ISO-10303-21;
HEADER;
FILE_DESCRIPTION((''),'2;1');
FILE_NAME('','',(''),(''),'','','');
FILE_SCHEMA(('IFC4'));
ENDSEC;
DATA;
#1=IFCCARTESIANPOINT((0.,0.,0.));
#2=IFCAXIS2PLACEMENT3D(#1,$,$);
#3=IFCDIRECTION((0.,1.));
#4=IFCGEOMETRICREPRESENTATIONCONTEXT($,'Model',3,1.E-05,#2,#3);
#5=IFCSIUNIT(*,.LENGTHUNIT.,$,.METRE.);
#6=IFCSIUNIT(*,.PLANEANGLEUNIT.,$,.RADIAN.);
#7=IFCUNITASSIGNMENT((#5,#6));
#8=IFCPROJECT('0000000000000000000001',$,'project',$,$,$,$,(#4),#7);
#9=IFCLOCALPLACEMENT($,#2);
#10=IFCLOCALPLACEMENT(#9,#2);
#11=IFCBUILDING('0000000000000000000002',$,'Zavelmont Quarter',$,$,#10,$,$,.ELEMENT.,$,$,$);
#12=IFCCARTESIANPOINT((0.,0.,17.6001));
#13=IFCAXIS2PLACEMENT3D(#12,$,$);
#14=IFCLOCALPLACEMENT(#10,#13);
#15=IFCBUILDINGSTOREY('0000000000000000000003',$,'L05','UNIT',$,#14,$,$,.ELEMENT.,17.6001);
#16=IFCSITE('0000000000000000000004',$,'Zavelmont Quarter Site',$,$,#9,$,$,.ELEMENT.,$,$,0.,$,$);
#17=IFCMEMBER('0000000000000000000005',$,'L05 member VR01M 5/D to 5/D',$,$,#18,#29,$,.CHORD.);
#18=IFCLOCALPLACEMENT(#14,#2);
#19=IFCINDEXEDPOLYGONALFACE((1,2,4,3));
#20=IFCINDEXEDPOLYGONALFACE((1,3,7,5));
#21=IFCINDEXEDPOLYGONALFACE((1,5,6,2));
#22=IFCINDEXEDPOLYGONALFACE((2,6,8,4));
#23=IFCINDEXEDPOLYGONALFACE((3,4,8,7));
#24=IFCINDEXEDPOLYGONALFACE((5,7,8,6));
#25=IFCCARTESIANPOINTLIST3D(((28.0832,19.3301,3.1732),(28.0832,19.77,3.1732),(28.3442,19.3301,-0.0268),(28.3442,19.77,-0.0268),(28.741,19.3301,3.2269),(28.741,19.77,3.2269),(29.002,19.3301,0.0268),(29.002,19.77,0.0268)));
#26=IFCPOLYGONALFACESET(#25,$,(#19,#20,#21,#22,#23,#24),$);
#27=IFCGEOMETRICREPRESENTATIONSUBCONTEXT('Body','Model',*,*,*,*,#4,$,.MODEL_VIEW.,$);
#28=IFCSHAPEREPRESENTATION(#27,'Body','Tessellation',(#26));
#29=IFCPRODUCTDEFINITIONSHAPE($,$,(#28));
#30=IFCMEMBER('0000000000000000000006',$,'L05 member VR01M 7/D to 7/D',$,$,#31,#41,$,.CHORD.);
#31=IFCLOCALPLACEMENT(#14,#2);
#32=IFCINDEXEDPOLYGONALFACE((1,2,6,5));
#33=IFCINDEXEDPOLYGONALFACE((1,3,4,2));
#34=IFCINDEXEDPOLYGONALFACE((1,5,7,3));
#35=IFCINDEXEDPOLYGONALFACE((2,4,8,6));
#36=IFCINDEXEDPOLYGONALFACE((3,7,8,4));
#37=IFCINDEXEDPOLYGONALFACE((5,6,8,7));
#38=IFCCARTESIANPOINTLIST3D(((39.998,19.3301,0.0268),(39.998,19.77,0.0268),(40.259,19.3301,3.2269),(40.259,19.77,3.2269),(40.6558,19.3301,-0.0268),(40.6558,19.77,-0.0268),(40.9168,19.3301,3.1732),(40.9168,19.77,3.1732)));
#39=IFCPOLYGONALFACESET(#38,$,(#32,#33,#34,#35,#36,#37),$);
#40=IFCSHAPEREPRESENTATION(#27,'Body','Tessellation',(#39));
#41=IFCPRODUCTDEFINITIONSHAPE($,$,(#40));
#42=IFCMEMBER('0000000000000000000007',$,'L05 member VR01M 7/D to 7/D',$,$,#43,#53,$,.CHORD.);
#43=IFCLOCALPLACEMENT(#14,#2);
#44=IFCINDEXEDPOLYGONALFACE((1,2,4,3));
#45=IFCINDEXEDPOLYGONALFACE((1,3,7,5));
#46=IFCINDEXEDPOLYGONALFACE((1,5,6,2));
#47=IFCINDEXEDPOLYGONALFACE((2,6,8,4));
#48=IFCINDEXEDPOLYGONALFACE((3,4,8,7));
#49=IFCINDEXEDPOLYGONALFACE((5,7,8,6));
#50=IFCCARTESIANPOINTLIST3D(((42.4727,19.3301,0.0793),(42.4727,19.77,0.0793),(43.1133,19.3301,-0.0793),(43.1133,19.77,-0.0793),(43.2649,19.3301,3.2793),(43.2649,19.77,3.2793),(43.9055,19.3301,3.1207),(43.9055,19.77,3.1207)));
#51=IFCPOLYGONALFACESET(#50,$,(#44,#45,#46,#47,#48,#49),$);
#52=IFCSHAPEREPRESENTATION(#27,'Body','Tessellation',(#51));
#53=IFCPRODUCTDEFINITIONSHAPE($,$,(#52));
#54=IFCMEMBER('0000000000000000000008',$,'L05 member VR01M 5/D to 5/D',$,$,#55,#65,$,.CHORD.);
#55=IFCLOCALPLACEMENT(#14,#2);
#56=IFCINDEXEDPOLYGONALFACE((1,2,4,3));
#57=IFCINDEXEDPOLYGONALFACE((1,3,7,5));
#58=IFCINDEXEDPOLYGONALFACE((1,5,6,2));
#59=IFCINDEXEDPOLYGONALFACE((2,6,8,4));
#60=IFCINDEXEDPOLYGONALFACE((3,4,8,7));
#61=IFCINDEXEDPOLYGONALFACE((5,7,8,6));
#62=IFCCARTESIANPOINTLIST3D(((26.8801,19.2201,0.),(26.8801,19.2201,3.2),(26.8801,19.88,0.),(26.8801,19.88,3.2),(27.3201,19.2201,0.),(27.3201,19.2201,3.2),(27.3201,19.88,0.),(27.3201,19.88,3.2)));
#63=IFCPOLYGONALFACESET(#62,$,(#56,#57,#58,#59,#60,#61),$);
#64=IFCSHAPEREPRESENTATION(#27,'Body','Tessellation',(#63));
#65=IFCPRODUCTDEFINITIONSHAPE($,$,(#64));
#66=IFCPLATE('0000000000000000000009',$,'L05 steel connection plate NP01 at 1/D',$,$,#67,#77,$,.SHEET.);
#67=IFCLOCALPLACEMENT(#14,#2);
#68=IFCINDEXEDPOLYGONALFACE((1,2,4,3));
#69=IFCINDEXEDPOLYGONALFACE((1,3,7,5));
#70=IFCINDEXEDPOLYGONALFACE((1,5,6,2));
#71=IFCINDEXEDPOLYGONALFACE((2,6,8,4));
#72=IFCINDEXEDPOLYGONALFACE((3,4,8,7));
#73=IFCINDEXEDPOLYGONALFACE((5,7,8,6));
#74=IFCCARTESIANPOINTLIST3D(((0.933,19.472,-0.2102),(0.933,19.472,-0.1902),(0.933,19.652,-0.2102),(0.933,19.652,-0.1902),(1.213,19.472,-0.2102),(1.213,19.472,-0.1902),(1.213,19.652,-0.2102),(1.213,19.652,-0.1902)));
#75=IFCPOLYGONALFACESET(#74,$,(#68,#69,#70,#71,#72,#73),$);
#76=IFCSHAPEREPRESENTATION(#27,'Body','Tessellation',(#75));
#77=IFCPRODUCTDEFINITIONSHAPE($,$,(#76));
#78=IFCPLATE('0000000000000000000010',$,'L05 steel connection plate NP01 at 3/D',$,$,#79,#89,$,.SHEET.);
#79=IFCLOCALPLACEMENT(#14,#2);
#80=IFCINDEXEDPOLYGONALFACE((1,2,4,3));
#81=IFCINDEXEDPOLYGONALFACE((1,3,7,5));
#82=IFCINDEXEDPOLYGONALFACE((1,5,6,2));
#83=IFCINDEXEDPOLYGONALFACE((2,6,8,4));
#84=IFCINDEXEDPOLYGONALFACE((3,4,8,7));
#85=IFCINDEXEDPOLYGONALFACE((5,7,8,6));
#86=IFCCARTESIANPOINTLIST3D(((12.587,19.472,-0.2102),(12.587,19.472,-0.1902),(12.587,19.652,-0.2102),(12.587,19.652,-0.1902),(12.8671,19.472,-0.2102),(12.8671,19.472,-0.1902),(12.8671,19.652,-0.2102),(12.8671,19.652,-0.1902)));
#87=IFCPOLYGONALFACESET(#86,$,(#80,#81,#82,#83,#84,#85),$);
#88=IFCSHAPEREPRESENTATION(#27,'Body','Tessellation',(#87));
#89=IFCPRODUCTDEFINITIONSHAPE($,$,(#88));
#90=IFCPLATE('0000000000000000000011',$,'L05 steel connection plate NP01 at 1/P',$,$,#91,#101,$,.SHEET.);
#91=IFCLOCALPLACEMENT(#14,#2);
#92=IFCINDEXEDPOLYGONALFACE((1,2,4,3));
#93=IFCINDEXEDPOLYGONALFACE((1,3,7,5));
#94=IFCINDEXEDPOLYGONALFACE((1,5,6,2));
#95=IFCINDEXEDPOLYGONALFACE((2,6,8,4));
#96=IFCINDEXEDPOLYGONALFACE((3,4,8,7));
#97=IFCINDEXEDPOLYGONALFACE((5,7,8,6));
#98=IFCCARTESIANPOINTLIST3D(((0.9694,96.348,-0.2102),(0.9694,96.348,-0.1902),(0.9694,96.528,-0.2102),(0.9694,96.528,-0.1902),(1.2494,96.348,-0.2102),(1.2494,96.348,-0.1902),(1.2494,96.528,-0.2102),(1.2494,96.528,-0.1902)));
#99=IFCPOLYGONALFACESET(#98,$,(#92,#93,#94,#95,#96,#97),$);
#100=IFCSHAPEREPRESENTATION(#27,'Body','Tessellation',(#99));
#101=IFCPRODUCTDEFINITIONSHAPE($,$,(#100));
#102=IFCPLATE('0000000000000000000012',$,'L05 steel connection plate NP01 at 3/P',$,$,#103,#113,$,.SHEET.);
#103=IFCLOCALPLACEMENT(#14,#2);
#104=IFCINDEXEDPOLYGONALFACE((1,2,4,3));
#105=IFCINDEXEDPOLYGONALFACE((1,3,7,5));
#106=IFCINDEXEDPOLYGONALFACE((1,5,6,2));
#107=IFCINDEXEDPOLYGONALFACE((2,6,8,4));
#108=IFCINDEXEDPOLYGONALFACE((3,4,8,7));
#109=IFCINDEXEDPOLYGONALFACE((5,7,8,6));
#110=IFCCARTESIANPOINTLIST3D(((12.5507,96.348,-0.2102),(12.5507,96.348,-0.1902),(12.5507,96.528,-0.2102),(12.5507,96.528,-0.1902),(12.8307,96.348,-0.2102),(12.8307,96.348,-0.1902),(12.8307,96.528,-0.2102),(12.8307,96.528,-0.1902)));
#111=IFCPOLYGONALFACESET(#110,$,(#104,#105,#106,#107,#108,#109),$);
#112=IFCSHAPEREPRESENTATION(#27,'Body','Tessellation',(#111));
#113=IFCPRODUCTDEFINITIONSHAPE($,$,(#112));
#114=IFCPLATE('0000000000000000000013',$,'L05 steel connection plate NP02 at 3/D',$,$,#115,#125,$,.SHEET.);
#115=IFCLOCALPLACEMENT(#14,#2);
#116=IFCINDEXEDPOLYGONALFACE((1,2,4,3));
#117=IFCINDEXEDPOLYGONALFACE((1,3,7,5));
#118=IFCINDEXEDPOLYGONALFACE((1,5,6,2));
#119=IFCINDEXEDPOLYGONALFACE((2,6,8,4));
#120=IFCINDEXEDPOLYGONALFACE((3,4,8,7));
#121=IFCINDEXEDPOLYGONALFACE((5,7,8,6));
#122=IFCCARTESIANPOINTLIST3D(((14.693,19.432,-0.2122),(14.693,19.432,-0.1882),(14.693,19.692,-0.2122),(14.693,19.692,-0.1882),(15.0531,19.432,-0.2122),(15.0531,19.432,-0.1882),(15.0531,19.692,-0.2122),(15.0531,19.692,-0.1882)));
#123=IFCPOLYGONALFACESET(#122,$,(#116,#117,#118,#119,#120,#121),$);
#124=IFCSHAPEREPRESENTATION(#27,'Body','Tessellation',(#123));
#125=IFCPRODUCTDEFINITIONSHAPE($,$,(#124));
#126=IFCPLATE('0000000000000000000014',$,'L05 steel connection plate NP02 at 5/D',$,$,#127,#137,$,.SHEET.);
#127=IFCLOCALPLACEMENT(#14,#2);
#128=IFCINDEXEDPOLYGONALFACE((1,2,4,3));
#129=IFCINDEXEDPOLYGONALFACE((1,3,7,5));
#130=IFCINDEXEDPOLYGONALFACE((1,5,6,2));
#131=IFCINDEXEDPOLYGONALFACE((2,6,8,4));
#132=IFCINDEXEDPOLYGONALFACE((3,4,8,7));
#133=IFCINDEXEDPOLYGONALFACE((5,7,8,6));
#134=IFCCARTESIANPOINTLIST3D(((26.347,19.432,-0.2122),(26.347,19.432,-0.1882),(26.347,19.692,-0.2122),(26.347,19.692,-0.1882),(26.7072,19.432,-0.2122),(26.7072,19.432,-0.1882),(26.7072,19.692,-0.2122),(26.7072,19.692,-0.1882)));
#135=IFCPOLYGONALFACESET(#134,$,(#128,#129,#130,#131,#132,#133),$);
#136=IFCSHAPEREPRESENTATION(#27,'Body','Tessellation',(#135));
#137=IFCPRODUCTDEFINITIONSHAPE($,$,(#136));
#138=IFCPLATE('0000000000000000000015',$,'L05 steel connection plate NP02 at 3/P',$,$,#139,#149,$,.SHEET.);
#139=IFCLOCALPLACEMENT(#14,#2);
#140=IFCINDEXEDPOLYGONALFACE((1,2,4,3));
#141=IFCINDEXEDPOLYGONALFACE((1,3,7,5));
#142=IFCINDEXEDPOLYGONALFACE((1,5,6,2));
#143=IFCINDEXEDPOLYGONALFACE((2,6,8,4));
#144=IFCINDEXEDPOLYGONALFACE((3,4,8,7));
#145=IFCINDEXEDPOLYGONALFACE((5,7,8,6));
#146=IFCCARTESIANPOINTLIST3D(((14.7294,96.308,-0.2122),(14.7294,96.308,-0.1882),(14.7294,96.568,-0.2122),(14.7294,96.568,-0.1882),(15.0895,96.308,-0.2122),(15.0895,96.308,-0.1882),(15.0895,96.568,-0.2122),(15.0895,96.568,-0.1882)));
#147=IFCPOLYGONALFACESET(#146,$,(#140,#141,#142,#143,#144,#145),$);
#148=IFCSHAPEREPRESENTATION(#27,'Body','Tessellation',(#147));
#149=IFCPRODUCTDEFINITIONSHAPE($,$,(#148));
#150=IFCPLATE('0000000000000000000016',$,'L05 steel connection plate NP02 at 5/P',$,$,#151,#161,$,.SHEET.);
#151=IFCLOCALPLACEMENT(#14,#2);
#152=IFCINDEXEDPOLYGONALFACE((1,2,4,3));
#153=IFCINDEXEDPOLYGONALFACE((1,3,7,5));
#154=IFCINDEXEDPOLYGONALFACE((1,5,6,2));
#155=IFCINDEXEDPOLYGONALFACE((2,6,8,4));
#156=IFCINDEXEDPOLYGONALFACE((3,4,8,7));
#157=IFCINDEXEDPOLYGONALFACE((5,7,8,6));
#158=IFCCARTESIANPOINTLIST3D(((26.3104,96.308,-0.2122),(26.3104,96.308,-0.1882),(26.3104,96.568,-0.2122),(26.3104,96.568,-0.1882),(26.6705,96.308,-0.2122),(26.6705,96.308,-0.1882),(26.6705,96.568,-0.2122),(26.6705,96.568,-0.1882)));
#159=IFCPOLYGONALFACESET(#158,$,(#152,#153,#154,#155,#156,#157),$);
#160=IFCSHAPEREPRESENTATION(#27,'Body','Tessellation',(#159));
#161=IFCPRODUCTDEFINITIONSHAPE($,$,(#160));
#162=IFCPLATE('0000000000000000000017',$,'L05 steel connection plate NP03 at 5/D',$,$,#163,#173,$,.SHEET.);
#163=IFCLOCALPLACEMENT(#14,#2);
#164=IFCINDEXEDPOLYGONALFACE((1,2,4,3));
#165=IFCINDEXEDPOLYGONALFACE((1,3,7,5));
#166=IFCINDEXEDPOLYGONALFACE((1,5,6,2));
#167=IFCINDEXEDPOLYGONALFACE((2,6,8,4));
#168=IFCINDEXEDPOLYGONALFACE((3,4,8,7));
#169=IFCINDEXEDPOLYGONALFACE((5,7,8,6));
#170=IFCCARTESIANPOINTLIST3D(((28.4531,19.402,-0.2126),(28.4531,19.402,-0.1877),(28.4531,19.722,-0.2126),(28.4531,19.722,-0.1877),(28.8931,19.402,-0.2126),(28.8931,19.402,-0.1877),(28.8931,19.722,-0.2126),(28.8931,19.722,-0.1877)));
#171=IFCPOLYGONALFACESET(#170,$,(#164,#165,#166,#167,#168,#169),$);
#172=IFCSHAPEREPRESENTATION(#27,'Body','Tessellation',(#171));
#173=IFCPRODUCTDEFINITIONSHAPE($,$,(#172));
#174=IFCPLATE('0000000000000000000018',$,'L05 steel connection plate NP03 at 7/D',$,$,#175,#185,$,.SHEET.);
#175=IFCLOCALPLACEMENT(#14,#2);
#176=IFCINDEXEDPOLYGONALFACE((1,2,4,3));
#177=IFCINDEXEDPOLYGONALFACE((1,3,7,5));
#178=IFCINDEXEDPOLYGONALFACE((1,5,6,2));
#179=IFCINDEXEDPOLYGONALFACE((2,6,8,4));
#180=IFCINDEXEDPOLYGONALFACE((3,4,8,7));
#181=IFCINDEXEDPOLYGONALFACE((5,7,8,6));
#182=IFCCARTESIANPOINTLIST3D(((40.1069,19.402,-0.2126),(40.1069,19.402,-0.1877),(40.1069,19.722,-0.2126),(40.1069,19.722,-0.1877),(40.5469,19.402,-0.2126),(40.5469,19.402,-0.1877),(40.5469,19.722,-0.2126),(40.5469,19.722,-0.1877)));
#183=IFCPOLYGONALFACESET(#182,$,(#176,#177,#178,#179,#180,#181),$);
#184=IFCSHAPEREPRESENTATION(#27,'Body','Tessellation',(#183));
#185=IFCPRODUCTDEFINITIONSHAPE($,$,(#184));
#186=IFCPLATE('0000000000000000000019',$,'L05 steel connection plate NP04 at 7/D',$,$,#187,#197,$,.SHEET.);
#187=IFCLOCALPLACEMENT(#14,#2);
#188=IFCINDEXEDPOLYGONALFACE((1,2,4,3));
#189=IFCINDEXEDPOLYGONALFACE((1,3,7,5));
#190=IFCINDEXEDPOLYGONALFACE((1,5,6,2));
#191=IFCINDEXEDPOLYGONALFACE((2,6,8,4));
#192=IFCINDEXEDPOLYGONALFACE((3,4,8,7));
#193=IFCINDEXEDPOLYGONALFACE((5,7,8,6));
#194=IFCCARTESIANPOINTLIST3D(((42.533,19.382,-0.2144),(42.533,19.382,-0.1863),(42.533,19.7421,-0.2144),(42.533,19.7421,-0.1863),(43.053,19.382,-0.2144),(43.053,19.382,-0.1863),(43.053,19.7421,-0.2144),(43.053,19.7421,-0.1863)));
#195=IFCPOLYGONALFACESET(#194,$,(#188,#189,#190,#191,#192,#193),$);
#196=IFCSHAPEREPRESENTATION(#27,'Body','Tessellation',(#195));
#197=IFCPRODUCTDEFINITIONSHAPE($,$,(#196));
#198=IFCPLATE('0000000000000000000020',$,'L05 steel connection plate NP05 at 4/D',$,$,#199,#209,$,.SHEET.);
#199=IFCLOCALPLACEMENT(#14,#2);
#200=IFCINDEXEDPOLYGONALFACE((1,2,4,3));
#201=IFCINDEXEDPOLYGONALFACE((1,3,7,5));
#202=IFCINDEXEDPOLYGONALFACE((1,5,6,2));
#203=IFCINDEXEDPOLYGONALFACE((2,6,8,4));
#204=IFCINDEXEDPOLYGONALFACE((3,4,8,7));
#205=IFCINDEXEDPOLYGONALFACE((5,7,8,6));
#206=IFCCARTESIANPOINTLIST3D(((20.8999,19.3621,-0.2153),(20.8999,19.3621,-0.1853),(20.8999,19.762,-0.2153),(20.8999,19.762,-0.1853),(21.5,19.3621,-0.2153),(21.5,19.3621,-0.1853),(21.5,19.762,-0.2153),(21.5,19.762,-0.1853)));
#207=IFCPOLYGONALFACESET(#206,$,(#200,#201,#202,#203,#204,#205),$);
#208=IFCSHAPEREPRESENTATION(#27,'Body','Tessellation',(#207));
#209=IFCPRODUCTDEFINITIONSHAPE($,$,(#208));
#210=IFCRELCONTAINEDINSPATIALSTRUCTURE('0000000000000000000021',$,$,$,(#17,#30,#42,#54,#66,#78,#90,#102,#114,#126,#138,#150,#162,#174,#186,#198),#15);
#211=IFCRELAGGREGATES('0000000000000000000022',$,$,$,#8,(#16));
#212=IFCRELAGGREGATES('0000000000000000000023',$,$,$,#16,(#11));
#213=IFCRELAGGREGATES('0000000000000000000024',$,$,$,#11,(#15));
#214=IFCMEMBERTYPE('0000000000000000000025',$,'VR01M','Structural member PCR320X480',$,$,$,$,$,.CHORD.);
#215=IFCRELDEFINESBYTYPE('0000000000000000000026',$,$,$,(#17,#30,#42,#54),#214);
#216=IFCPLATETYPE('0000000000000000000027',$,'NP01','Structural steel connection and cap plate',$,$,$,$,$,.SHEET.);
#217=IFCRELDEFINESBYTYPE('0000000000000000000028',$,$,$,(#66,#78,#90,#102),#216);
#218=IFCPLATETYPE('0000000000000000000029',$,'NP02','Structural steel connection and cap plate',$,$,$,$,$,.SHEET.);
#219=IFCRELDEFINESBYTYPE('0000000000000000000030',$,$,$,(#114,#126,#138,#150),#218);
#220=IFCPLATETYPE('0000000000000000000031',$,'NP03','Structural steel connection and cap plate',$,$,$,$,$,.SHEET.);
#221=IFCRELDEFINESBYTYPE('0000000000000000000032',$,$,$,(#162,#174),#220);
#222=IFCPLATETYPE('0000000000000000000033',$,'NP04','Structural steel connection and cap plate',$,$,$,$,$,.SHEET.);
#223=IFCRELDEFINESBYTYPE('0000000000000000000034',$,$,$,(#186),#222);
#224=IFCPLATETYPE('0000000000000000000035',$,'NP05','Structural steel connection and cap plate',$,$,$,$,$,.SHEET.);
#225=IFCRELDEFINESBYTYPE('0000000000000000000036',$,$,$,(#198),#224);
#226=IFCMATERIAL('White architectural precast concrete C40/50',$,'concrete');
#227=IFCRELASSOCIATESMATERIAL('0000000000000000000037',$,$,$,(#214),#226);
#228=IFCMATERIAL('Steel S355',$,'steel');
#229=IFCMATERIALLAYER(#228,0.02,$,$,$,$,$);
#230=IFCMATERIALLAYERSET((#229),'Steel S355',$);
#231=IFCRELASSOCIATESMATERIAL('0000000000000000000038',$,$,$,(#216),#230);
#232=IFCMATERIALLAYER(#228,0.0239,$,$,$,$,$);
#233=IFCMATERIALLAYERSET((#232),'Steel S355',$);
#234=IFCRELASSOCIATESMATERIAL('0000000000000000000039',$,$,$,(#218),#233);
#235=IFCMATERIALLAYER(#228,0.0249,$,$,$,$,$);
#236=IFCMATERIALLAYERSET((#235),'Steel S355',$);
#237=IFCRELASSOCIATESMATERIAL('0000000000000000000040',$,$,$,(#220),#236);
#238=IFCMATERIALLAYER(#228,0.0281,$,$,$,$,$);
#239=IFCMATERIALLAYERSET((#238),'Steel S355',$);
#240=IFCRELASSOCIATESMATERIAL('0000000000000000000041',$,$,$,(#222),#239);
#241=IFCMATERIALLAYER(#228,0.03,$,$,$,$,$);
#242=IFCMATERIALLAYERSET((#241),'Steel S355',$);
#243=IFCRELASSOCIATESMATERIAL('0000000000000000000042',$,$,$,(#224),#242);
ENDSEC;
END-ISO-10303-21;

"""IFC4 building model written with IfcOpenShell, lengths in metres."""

from ifc_helpers import new_model, si_unit, direction, frame, origin, origin_2d, place, context, subcontext, project, spatial, rectangle, extrude, material, layer, layer_set, material_profile, profile_set, type_object, element, save


model = new_model("IFC4")

# Units and contexts
model_context = context("Model", 3, precision=1e-05, world=origin(), true_north=direction((0.0, 1.0)))
body_context = subcontext(model_context, "Body", "Model", "MODEL_VIEW")
ifc_project = project(units=[si_unit("LENGTHUNIT", "METRE"), si_unit("PLANEANGLEUNIT", "RADIAN")], contexts=[model_context])

# Site, building, storey
site_placement = place(None, origin())
site = spatial("IfcSite", under=ifc_project, at=site_placement, Name="Zavelmont Quarter Site", CompositionType="ELEMENT", RefElevation=0.0)
building_placement = place(site_placement, origin())
building = spatial("IfcBuilding", under=site, at=building_placement, Name="Zavelmont Quarter", CompositionType="ELEMENT")
storey_placement = place(building_placement, frame((0.0, 0.0, 17.6001)))
storey = spatial("IfcBuildingStorey", under=building, at=storey_placement, Name="L05", Description="UNIT", CompositionType="ELEMENT", Elevation=17.6001)

# Members
ifc_material_1 = material(Name="White architectural precast concrete C40/50", Category="concrete")
ifc_material_profile = material_profile(ifc_material_1, rectangle(XDim=0.4399, YDim=0.6599, at=origin_2d()), Name="PCR320X480")
ifc_profile_set = profile_set([ifc_material_profile], Name="White architectural precast concrete C40/50")
member_type = type_object("IfcMemberType", Name="VR01M", Description="Structural member PCR320X480", PredefinedType="CHORD", material=ifc_profile_set)
for number, where, z_axis, x_axis, name in (
    (1, (28.6731, 19.55, 0.0), (-0.08129, 0.0, 0.996691), (0.0, -1.0, 0.0), "L05 member VR01M 5/D to 5/D"),
    (2, (40.3269, 19.55, 0.0), (0.08129, 0.0, 0.996691), (0.0, 1.0, 0.0), "L05 member VR01M 7/D to 7/D"),
):
    element("IfcMember", number, at=place(storey_placement, frame(where, z_axis=z_axis, x_axis=x_axis)), inside=storey, type_object=member_type, Name=name, PredefinedType="CHORD", context=body_context, shape_type="SweptSolid", body=[
        extrude(rectangle(XDim=0.4399, YDim=0.6599, at=origin_2d()), origin(), (0.0, 0.0, 1.0), 3.2107),
    ])
member_1_placement = place(storey_placement, frame((42.793, 19.55, 0.0), z_axis=(0.240322, 0.0, 0.970693), x_axis=(0.0, 1.0, 0.0)))
element("IfcMember", 3, at=member_1_placement, inside=storey, type_object=member_type, Name="L05 member VR01M 7/D to 7/D", PredefinedType="CHORD", context=body_context, shape_type="SweptSolid", body=[
    extrude(rectangle(XDim=0.4399, YDim=0.6599, at=origin_2d()), origin(), (0.0, 0.0, 1.0), 3.2966),
])
member_2_placement = place(storey_placement, frame((27.1001, 19.55, 0.0), z_axis=(0.0, 0.0, 1.0), x_axis=(1.0, 0.0, 0.0)))
element("IfcMember", 4, at=member_2_placement, inside=storey, type_object=member_type, Name="L05 member VR01M 5/D to 5/D", PredefinedType="CHORD", context=body_context, shape_type="SweptSolid", body=[
    extrude(rectangle(XDim=0.4399, YDim=0.6599, at=origin_2d()), origin(), (0.0, 0.0, 1.0), 3.2),
])

# Plates
ifc_material_2 = material(Name="Steel S355", Category="steel")
ifc_layer_1 = layer(ifc_material_2, 0.02)
ifc_layer_set_1 = layer_set([ifc_layer_1], Name="Steel S355")
plate_type_1 = type_object("IfcPlateType", Name="NP01", Description="Structural steel connection and cap plate", PredefinedType="SHEET", material=ifc_layer_set_1)
for number, where, z_axis, x_axis, name in (
    (5, (1.073, 19.562, -0.2102), (0.0, 0.0, 1.0), (1.0, 0.0, 0.0), "L05 steel connection plate NP01 at 1/D"),
    (6, (12.7271, 19.562, -0.2102), (0.0, 0.0, 1.0), (1.0, 0.0, 0.0), "L05 steel connection plate NP01 at 3/D"),
    (7, (1.1094, 96.438, -0.2102), (0.0, 0.0, 1.0), (1.0, 0.0, 0.0), "L05 steel connection plate NP01 at 1/P"),
    (8, (12.6907, 96.438, -0.2102), (0.0, 0.0, 1.0), (1.0, 0.0, 0.0), "L05 steel connection plate NP01 at 3/P"),
):
    element("IfcPlate", number, at=place(storey_placement, frame(where, z_axis=z_axis, x_axis=x_axis)), inside=storey, type_object=plate_type_1, Name=name, PredefinedType="SHEET", context=body_context, shape_type="SweptSolid", body=[
        extrude(rectangle(XDim=0.28, YDim=0.1799, at=origin_2d()), origin(), (0.0, 0.0, 1.0), 0.02),
    ])
ifc_layer_2 = layer(ifc_material_2, 0.0239)
ifc_layer_set_2 = layer_set([ifc_layer_2], Name="Steel S355")
plate_type_2 = type_object("IfcPlateType", Name="NP02", Description="Structural steel connection and cap plate", PredefinedType="SHEET", material=ifc_layer_set_2)
for number, where, z_axis, x_axis, name in (
    (9, (14.873, 19.562, -0.2122), (0.0, 0.0, 1.0), (1.0, 0.0, 0.0), "L05 steel connection plate NP02 at 3/D"),
    (10, (26.5271, 19.562, -0.2122), (0.0, 0.0, 1.0), (1.0, 0.0, 0.0), "L05 steel connection plate NP02 at 5/D"),
    (11, (14.9094, 96.438, -0.2122), (0.0, 0.0, 1.0), (1.0, 0.0, 0.0), "L05 steel connection plate NP02 at 3/P"),
    (12, (26.4905, 96.438, -0.2122), (0.0, 0.0, 1.0), (1.0, 0.0, 0.0), "L05 steel connection plate NP02 at 5/P"),
):
    element("IfcPlate", number, at=place(storey_placement, frame(where, z_axis=z_axis, x_axis=x_axis)), inside=storey, type_object=plate_type_2, Name=name, PredefinedType="SHEET", context=body_context, shape_type="SweptSolid", body=[
        extrude(rectangle(XDim=0.3601, YDim=0.26, at=origin_2d()), origin(), (0.0, 0.0, 1.0), 0.0239),
    ])
ifc_layer_3 = layer(ifc_material_2, 0.0249)
ifc_layer_set_3 = layer_set([ifc_layer_3], Name="Steel S355")
plate_type_3 = type_object("IfcPlateType", Name="NP03", Description="Structural steel connection and cap plate", PredefinedType="SHEET", material=ifc_layer_set_3)
for number, where, z_axis, x_axis, name in (
    (13, (28.6731, 19.562, -0.2126), (0.0, 0.0, 1.0), (1.0, 0.0, 0.0), "L05 steel connection plate NP03 at 5/D"),
    (14, (40.3269, 19.562, -0.2126), (0.0, 0.0, 1.0), (1.0, 0.0, 0.0), "L05 steel connection plate NP03 at 7/D"),
):
    element("IfcPlate", number, at=place(storey_placement, frame(where, z_axis=z_axis, x_axis=x_axis)), inside=storey, type_object=plate_type_3, Name=name, PredefinedType="SHEET", context=body_context, shape_type="SweptSolid", body=[
        extrude(rectangle(XDim=0.4399, YDim=0.3201, at=origin_2d()), origin(), (0.0, 0.0, 1.0), 0.0249),
    ])
ifc_layer_4 = layer(ifc_material_2, 0.0281)
ifc_layer_set_4 = layer_set([ifc_layer_4], Name="Steel S355")
plate_type_4 = type_object("IfcPlateType", Name="NP04", Description="Structural steel connection and cap plate", PredefinedType="SHEET", material=ifc_layer_set_4)
plate_placement = place(storey_placement, frame((42.793, 19.562, -0.2144), z_axis=(0.0, 0.0, 1.0), x_axis=(1.0, 0.0, 0.0)))
element("IfcPlate", 15, at=plate_placement, inside=storey, type_object=plate_type_4, Name="L05 steel connection plate NP04 at 7/D", PredefinedType="SHEET", context=body_context, shape_type="SweptSolid", body=[
    extrude(rectangle(XDim=0.52, YDim=0.3601, at=origin_2d()), origin(), (0.0, 0.0, 1.0), 0.0281),
])
ifc_layer_5 = layer(ifc_material_2, 0.03)
ifc_layer_set_5 = layer_set([ifc_layer_5], Name="Steel S355")
plate_type_5 = type_object("IfcPlateType", Name="NP05", Description="Structural steel connection and cap plate", PredefinedType="SHEET", material=ifc_layer_set_5)
for number, where, z_axis, x_axis, name in (
    (16, (21.2, 19.562, -0.2153), (0.0, 0.0, 1.0), (1.0, 0.0, 0.0), "L05 steel connection plate NP05 at 4/D"),
):
    element("IfcPlate", number, at=place(storey_placement, frame(where, z_axis=z_axis, x_axis=x_axis)), inside=storey, type_object=plate_type_5, Name=name, PredefinedType="SHEET", context=body_context, shape_type="SweptSolid", body=[
        extrude(rectangle(XDim=0.6001, YDim=0.3999, at=origin_2d()), origin(), (0.0, 0.0, 1.0), 0.03),
    ])

save(model, "model.ifc")
